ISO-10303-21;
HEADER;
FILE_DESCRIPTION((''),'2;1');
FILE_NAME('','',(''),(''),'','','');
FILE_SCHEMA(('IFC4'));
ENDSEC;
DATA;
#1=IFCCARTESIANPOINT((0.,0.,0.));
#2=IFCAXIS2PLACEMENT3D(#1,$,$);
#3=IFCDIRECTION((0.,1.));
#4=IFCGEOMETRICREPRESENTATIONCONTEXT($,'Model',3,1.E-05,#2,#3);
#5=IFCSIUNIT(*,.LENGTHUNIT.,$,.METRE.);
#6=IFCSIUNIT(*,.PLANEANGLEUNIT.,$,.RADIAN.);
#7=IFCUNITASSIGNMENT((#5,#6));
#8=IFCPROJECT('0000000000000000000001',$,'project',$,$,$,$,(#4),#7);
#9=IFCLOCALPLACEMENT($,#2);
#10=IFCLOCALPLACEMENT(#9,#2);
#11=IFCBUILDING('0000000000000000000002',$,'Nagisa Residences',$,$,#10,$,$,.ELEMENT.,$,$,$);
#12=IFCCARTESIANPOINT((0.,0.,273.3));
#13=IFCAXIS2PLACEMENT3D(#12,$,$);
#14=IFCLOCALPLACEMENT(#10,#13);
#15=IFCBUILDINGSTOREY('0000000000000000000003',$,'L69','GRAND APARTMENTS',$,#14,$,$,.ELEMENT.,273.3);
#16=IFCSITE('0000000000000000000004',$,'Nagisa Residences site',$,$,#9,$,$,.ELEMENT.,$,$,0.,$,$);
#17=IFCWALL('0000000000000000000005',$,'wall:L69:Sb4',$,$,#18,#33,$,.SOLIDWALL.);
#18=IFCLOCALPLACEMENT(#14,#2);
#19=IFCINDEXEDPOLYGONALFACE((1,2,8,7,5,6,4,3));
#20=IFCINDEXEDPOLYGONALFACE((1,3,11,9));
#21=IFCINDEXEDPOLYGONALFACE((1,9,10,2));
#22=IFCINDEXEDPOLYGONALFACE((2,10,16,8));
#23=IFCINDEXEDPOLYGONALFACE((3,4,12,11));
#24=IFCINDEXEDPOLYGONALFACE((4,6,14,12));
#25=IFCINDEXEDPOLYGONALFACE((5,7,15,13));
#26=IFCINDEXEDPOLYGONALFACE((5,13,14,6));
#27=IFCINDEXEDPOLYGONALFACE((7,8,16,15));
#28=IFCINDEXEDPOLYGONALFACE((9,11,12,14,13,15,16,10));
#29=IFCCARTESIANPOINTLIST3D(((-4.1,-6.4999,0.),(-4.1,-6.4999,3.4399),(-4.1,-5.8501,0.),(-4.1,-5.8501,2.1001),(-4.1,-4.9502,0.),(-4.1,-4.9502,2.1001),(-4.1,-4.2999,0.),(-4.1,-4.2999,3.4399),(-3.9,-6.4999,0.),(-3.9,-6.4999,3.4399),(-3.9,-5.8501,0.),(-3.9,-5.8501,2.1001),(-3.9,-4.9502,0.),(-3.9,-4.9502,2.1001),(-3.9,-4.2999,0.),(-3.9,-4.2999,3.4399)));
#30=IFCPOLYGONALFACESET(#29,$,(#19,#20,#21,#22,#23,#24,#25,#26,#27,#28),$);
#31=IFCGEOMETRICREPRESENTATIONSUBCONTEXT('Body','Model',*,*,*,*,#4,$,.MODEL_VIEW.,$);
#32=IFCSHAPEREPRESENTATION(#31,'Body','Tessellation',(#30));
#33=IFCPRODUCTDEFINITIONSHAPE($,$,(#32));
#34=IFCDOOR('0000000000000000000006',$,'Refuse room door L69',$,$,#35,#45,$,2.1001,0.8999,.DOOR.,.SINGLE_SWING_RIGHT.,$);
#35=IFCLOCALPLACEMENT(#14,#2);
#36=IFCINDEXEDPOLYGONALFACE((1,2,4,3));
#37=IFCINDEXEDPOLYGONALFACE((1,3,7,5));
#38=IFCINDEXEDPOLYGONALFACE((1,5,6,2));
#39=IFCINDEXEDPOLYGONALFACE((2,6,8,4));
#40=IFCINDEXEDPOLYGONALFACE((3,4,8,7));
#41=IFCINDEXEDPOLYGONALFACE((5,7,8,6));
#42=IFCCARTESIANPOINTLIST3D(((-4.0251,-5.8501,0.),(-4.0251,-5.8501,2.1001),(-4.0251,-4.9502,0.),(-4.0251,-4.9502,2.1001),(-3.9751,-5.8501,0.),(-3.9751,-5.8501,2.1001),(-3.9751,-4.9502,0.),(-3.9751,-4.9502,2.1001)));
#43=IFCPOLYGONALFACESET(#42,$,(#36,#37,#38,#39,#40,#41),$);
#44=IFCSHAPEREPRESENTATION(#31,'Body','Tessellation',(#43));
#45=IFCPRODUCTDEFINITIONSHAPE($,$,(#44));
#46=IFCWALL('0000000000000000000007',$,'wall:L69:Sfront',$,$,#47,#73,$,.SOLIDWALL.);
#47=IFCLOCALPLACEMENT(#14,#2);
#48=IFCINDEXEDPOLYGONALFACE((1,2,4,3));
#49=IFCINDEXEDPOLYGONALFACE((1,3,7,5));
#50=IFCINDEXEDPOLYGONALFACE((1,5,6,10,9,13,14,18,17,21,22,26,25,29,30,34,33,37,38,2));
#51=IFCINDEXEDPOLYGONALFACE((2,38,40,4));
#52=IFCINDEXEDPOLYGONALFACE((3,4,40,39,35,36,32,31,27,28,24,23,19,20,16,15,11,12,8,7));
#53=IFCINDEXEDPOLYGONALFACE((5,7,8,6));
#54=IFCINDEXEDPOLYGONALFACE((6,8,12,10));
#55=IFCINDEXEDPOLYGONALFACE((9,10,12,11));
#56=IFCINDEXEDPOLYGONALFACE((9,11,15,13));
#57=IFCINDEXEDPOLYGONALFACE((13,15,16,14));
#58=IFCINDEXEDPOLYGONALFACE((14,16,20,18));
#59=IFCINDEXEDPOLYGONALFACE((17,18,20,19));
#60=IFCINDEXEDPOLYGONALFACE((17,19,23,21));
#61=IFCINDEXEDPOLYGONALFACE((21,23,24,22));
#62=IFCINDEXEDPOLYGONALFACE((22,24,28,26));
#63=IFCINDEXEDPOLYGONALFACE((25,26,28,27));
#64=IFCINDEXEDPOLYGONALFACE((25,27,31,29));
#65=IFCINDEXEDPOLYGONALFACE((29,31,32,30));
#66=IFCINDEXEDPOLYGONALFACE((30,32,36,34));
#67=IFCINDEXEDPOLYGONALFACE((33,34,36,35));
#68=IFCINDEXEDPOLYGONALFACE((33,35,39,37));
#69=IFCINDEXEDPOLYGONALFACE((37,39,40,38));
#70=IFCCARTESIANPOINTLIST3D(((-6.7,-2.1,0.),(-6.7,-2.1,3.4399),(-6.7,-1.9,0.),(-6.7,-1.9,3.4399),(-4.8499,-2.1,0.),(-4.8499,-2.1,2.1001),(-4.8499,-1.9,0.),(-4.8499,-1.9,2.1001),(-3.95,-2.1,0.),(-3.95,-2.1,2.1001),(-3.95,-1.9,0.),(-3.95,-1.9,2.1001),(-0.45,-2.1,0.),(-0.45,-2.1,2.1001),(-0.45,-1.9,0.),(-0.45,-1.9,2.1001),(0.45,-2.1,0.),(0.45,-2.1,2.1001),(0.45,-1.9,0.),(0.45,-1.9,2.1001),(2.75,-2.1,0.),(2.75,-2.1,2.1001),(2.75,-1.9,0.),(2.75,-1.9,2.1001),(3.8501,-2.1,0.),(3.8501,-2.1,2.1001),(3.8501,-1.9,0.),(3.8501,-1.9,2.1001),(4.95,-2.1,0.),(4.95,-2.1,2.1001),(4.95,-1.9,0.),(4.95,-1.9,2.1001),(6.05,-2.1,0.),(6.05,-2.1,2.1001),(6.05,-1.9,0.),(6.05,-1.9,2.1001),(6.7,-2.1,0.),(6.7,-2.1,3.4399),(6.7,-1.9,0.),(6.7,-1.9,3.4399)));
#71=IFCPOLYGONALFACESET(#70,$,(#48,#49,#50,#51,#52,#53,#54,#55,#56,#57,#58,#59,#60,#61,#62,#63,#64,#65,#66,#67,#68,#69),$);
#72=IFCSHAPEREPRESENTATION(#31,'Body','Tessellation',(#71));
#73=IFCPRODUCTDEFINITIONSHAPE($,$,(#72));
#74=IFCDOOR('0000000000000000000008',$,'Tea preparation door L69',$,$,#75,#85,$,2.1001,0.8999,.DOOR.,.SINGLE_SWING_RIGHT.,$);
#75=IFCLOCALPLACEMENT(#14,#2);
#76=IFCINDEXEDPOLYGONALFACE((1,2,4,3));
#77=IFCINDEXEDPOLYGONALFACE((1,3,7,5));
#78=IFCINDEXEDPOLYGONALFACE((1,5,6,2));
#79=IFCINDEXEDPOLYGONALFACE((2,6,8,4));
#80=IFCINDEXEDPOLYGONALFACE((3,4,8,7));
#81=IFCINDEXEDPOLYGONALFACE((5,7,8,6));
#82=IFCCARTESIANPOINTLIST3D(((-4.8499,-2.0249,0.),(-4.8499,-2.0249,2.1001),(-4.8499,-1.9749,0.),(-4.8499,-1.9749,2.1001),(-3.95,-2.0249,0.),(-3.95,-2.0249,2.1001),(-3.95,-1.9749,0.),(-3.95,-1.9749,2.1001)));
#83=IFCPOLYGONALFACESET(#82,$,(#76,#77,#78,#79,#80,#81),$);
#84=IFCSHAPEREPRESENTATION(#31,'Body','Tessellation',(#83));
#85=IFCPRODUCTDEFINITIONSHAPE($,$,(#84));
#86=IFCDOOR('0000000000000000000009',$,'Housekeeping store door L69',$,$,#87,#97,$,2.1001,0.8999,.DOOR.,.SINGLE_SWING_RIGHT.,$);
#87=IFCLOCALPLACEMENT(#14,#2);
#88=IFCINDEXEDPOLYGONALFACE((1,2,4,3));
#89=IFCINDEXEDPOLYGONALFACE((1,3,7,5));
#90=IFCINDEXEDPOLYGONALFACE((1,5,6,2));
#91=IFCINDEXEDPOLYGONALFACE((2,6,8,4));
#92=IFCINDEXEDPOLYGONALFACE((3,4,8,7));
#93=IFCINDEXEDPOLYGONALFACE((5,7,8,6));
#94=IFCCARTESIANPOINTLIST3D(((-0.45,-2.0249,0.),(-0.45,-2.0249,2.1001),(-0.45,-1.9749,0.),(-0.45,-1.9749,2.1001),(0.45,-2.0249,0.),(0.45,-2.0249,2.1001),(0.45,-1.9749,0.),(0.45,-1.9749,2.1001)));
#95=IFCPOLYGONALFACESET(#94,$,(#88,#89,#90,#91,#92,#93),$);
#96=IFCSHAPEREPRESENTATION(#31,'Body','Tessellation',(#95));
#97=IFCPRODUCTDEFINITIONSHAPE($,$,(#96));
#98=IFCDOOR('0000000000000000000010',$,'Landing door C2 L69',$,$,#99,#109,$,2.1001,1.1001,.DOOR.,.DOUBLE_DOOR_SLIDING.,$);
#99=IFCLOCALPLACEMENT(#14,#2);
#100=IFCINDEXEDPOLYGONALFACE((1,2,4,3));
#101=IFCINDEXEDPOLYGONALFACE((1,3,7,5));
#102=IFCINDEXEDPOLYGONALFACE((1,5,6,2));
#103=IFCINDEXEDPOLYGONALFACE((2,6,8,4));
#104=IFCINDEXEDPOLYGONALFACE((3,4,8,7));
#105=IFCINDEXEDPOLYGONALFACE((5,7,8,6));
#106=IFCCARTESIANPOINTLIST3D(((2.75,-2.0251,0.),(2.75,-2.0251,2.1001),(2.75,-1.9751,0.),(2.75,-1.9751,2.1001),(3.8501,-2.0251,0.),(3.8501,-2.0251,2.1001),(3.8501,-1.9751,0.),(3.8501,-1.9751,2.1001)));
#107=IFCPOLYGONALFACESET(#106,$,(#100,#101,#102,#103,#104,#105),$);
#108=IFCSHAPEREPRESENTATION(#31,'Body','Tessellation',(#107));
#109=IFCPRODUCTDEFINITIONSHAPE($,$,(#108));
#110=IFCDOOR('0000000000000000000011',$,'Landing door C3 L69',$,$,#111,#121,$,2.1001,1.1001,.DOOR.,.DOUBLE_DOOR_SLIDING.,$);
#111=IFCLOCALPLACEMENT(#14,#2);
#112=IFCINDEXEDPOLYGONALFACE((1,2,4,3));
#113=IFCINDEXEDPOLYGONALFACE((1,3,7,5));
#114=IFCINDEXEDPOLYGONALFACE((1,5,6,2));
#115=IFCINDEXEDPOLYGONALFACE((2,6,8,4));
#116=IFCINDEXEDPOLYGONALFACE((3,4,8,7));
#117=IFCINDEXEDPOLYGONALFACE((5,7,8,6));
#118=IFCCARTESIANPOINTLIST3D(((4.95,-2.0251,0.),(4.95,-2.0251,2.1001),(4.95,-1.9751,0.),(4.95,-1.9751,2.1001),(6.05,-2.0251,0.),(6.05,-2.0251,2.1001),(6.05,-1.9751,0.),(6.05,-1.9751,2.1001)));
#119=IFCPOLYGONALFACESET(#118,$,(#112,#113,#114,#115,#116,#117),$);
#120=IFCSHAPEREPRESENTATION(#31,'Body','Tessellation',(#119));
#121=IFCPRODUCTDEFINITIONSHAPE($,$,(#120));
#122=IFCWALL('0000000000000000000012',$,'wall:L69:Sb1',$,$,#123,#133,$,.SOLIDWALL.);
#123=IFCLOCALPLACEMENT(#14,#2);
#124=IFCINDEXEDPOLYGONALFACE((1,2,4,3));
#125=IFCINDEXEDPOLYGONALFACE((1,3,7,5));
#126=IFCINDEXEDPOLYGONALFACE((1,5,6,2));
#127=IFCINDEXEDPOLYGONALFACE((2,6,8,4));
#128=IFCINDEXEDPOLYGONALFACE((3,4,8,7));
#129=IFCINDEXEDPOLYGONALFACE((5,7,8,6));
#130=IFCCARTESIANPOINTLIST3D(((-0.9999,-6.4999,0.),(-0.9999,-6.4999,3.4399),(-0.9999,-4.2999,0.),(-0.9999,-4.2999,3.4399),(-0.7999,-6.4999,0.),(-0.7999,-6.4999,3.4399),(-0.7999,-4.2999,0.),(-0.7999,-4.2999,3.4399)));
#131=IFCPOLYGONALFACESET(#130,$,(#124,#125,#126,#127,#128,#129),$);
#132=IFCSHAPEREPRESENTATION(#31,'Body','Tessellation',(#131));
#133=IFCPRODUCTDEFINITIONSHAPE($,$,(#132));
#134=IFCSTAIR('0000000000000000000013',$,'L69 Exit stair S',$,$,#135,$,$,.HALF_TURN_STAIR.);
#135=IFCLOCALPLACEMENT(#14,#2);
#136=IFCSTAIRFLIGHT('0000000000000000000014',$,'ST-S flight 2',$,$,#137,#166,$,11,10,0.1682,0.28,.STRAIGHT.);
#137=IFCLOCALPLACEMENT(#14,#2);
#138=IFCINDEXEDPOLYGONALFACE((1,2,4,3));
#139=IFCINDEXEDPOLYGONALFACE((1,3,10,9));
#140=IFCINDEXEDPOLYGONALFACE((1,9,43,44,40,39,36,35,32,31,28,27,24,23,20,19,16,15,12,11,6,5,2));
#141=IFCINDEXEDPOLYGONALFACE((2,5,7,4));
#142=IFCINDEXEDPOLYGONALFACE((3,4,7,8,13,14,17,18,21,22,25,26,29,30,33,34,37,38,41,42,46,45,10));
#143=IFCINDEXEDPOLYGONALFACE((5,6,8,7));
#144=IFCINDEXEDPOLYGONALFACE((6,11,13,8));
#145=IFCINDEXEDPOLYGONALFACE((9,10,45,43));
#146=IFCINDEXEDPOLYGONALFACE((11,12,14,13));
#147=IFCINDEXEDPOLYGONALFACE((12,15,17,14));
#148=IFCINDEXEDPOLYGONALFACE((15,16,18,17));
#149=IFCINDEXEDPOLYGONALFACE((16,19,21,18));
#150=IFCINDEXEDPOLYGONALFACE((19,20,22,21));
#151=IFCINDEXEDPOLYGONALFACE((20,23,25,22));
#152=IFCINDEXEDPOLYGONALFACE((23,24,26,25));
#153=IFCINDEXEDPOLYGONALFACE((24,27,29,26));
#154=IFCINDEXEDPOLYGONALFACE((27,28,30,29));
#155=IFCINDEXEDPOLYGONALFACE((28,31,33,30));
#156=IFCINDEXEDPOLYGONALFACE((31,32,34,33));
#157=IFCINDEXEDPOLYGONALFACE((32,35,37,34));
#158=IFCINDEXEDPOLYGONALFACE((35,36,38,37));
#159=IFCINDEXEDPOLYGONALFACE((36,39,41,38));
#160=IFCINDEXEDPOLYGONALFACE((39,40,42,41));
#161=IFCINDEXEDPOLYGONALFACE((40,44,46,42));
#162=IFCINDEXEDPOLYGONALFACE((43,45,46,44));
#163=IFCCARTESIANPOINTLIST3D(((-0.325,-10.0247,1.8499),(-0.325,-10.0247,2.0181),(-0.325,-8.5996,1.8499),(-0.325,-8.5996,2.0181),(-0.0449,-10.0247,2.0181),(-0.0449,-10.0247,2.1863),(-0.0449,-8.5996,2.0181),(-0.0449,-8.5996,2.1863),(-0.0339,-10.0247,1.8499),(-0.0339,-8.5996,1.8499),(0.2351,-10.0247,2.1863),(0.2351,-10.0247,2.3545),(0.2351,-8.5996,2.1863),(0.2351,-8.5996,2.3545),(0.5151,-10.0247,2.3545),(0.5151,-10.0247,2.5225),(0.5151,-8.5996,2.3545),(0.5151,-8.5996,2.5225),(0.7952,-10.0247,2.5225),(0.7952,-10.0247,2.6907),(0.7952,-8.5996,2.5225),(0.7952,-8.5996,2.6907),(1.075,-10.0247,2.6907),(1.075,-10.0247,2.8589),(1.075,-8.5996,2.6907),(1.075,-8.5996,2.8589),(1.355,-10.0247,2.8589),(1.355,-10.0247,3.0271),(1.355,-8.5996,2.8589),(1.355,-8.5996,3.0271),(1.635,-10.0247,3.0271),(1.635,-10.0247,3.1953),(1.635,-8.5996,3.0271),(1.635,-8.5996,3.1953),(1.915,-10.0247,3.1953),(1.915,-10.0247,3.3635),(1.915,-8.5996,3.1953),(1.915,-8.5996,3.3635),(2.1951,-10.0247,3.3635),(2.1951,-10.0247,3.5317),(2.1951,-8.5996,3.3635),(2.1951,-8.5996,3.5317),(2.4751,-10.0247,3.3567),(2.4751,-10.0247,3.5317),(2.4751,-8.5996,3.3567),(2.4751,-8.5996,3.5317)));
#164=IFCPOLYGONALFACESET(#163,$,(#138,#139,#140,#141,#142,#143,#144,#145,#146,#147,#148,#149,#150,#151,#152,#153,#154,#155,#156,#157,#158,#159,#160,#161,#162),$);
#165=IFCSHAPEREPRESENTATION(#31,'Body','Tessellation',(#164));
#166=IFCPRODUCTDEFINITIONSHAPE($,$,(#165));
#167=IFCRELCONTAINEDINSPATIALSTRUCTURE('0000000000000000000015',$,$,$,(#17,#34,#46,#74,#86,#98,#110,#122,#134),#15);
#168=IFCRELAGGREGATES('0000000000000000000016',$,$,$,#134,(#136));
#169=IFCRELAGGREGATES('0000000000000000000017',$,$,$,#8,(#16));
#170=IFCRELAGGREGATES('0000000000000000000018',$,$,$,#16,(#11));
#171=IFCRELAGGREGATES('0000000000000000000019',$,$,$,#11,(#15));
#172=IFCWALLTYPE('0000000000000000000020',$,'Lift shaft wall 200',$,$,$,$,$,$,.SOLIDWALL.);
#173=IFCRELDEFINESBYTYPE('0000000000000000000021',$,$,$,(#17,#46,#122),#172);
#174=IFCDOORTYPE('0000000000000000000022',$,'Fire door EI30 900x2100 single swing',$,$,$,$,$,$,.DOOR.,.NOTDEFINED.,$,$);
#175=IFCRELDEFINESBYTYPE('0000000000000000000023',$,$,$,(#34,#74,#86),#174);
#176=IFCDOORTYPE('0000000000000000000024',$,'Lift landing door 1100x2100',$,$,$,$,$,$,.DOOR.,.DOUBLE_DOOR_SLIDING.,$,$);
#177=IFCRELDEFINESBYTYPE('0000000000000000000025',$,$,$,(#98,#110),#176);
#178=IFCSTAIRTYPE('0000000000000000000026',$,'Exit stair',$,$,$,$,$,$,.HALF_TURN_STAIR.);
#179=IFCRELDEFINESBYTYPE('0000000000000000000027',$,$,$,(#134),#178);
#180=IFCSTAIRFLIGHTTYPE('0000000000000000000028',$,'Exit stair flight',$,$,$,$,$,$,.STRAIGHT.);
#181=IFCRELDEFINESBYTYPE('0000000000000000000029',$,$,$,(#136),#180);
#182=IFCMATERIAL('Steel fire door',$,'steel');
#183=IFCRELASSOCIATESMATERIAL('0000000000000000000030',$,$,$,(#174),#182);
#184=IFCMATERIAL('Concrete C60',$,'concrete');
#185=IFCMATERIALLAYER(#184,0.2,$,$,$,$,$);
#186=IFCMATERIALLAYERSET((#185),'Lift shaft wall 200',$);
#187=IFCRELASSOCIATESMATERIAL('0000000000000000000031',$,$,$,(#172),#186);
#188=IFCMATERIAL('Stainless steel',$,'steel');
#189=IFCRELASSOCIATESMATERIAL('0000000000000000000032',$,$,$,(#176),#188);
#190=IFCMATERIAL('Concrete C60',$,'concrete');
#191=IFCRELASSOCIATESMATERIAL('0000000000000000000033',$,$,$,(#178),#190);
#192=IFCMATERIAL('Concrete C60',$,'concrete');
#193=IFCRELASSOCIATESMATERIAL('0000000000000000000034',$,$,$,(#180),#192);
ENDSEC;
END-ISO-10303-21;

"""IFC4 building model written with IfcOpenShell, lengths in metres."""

from ifc_helpers import new_model, si_unit, direction, frame, frame_2d, origin, place, context, subcontext, project, spatial, polyline, rectangle, outline, extrude, material, layer, layer_set, type_object, element, fill, aggregate, save


model = new_model("IFC4")

# Units and contexts
model_context = context("Model", 3, precision=1e-05, world=origin(), true_north=direction((0.0, 1.0)))
body_context = subcontext(model_context, "Body", "Model", "MODEL_VIEW")
ifc_project = project(units=[si_unit("LENGTHUNIT", "METRE"), si_unit("PLANEANGLEUNIT", "RADIAN")], contexts=[model_context])

# Site, building, storey
site_placement = place(None, origin())
site = spatial("IfcSite", under=ifc_project, at=site_placement, Name="Nagisa Residences site", CompositionType="ELEMENT", RefElevation=0.0)
building_placement = place(site_placement, origin())
building = spatial("IfcBuilding", under=site, at=building_placement, Name="Nagisa Residences", CompositionType="ELEMENT")
storey_placement = place(building_placement, frame((0.0, 0.0, 273.3)))
storey = spatial("IfcBuildingStorey", under=building, at=storey_placement, Name="L69", Description="GRAND APARTMENTS", CompositionType="ELEMENT", Elevation=273.3)

# Shared definitions
ifc_material_1 = material(Name="Steel fire door", Category="steel")
door_type_1 = type_object("IfcDoorType", Name="Fire door EI30 900x2100 single swing", OperationType="NOTDEFINED", PredefinedType="DOOR", material=ifc_material_1)

# Wall, opening, door
ifc_material_2 = material(Name="Concrete C60", Category="concrete")
ifc_layer_1 = layer(ifc_material_2, 0.2)
ifc_layer_set_1 = layer_set([ifc_layer_1], Name="Lift shaft wall 200")
wall_type_1 = type_object("IfcWallType", Name="Lift shaft wall 200", PredefinedType="SOLIDWALL", material=ifc_layer_set_1)
wall_1_placement = place(storey_placement, frame((-4.0, -6.5, 0.0), z_axis=(0.0, 0.0, 1.0), x_axis=(0.0, 1.0, 0.0)))
wall_1 = element("IfcWall", 1, at=wall_1_placement, inside=storey, type_object=wall_type_1, Name="wall:L69:Sb4", PredefinedType="SOLIDWALL", context=body_context, shape_type="SweptSolid", body=[
    extrude(rectangle(XDim=2.2, YDim=0.2, at=frame_2d((1.1001, 0.0))), origin(), (0.0, 0.0, 1.0), 3.4399),
])
opening_1_placement = place(wall_1_placement, frame((0.6499, 0.0, 0.0)))
opening_1 = element("IfcOpeningElement", 2, at=opening_1_placement, cuts=wall_1, PredefinedType="OPENING", context=body_context, shape_type="SweptSolid", body=[
    extrude(rectangle(XDim=0.8999, YDim=2.1001, at=frame_2d((0.45, 1.05))), frame((0.0, 0.1099, 0.0), z_axis=(0.0, -1.0, 0.0), x_axis=(1.0, 0.0, 0.0)), (0.0, 0.0, 1.0), 0.22),
])
door_1_placement = place(opening_1_placement, frame((0.8999, 0.0, 0.0), x_axis=(-1.0, 0.0, 0.0)))
door_1 = element("IfcDoor", 3, at=door_1_placement, inside=storey, type_object=door_type_1, Name="Refuse room door L69", OperationType="SINGLE_SWING_RIGHT", OverallHeight=2.1001, OverallWidth=0.8999, PredefinedType="DOOR", context=body_context, shape_type="SweptSolid", body=[
    extrude(rectangle(XDim=0.8999, YDim=2.1001, at=frame_2d((0.45, 1.05))), frame((0.0, 0.0249, 0.0), z_axis=(0.0, -1.0, 0.0), x_axis=(1.0, 0.0, 0.0)), (0.0, 0.0, 1.0), 0.05),
])
fill(opening_1, door_1)

# Wall, openings, doors
wall_2_placement = place(storey_placement, frame((-6.7, -2.0, 0.0), z_axis=(0.0, 0.0, 1.0), x_axis=(1.0, 0.0, 0.0)))
wall_2 = element("IfcWall", 4, at=wall_2_placement, inside=storey, type_object=wall_type_1, Name="wall:L69:Sfront", PredefinedType="SOLIDWALL", context=body_context, shape_type="SweptSolid", body=[
    extrude(rectangle(XDim=13.3999, YDim=0.2, at=frame_2d((6.7, 0.0))), origin(), (0.0, 0.0, 1.0), 3.4399),
])
opening_2_placement = place(wall_2_placement, frame((9.45, 0.0, 0.0)))
opening_2 = element("IfcOpeningElement", 5, at=opening_2_placement, cuts=wall_2, PredefinedType="OPENING", context=body_context, shape_type="SweptSolid", body=[
    extrude(rectangle(XDim=1.1001, YDim=2.1001, at=frame_2d((0.55, 1.05))), frame((0.0, 0.1099, 0.0), z_axis=(0.0, -1.0, 0.0), x_axis=(1.0, 0.0, 0.0)), (0.0, 0.0, 1.0), 0.22),
])
opening_3_placement = place(wall_2_placement, frame((11.6499, 0.0, 0.0)))
opening_3 = element("IfcOpeningElement", 6, at=opening_3_placement, cuts=wall_2, PredefinedType="OPENING", context=body_context, shape_type="SweptSolid", body=[
    extrude(rectangle(XDim=1.1001, YDim=2.1001, at=frame_2d((0.55, 1.05))), frame((0.0, 0.1099, 0.0), z_axis=(0.0, -1.0, 0.0), x_axis=(1.0, 0.0, 0.0)), (0.0, 0.0, 1.0), 0.22),
])
opening_4_placement = place(wall_2_placement, frame((1.8501, 0.0, 0.0)))
opening_4 = element("IfcOpeningElement", 7, at=opening_4_placement, cuts=wall_2, PredefinedType="OPENING", context=body_context, shape_type="SweptSolid", body=[
    extrude(rectangle(XDim=0.8999, YDim=2.1001, at=frame_2d((0.45, 1.05))), frame((0.0, 0.1099, 0.0), z_axis=(0.0, -1.0, 0.0), x_axis=(1.0, 0.0, 0.0)), (0.0, 0.0, 1.0), 0.22),
])
opening_5_placement = place(wall_2_placement, frame((6.25, 0.0, 0.0)))
opening_5 = element("IfcOpeningElement", 8, at=opening_5_placement, cuts=wall_2, PredefinedType="OPENING", context=body_context, shape_type="SweptSolid", body=[
    extrude(rectangle(XDim=0.8999, YDim=2.1001, at=frame_2d((0.45, 1.05))), frame((0.0, 0.1099, 0.0), z_axis=(0.0, -1.0, 0.0), x_axis=(1.0, 0.0, 0.0)), (0.0, 0.0, 1.0), 0.22),
])
door_2_placement = place(opening_4_placement, frame((0.8999, 0.0, 0.0), x_axis=(-1.0, 0.0, 0.0)))
door_2 = element("IfcDoor", 9, at=door_2_placement, inside=storey, type_object=door_type_1, Name="Tea preparation door L69", OperationType="SINGLE_SWING_RIGHT", OverallHeight=2.1001, OverallWidth=0.8999, PredefinedType="DOOR", context=body_context, shape_type="SweptSolid", body=[
    extrude(rectangle(XDim=0.8999, YDim=2.1001, at=frame_2d((0.45, 1.05))), frame((0.0, 0.0249, 0.0), z_axis=(0.0, -1.0, 0.0), x_axis=(1.0, 0.0, 0.0)), (0.0, 0.0, 1.0), 0.05),
])
fill(opening_4, door_2)
door_3_placement = place(opening_5_placement, frame((0.8999, 0.0, 0.0), x_axis=(-1.0, 0.0, 0.0)))
door_3 = element("IfcDoor", 10, at=door_3_placement, inside=storey, type_object=door_type_1, Name="Housekeeping store door L69", OperationType="SINGLE_SWING_RIGHT", OverallHeight=2.1001, OverallWidth=0.8999, PredefinedType="DOOR", context=body_context, shape_type="SweptSolid", body=[
    extrude(rectangle(XDim=0.8999, YDim=2.1001, at=frame_2d((0.45, 1.05))), frame((0.0, 0.0249, 0.0), z_axis=(0.0, -1.0, 0.0), x_axis=(1.0, 0.0, 0.0)), (0.0, 0.0, 1.0), 0.05),
])
fill(opening_5, door_3)
ifc_material_3 = material(Name="Stainless steel", Category="steel")
door_type_2 = type_object("IfcDoorType", Name="Lift landing door 1100x2100", OperationType="DOUBLE_DOOR_SLIDING", PredefinedType="DOOR", material=ifc_material_3)
door_4_placement = place(opening_2_placement, origin())
door_4 = element("IfcDoor", 11, at=door_4_placement, inside=storey, type_object=door_type_2, Name="Landing door C2 L69", OperationType="DOUBLE_DOOR_SLIDING", OverallHeight=2.1001, OverallWidth=1.1001, PredefinedType="DOOR", context=body_context, shape_type="SweptSolid", body=[
    extrude(rectangle(XDim=1.1001, YDim=2.1001, at=frame_2d((0.55, 1.05))), frame((0.0, 0.0249, 0.0), z_axis=(0.0, -1.0, 0.0), x_axis=(1.0, 0.0, 0.0)), (0.0, 0.0, 1.0), 0.05),
])
fill(opening_2, door_4)
door_5_placement = place(opening_3_placement, origin())
door_5 = element("IfcDoor", 12, at=door_5_placement, inside=storey, type_object=door_type_2, Name="Landing door C3 L69", OperationType="DOUBLE_DOOR_SLIDING", OverallHeight=2.1001, OverallWidth=1.1001, PredefinedType="DOOR", context=body_context, shape_type="SweptSolid", body=[
    extrude(rectangle(XDim=1.1001, YDim=2.1001, at=frame_2d((0.55, 1.05))), frame((0.0, 0.0249, 0.0), z_axis=(0.0, -1.0, 0.0), x_axis=(1.0, 0.0, 0.0)), (0.0, 0.0, 1.0), 0.05),
])
fill(opening_3, door_5)

# Wall
wall_3_placement = place(storey_placement, frame((-0.8999, -6.5, 0.0), z_axis=(0.0, 0.0, 1.0), x_axis=(0.0, 1.0, 0.0)))
element("IfcWall", 13, at=wall_3_placement, inside=storey, type_object=wall_type_1, Name="wall:L69:Sb1", PredefinedType="SOLIDWALL", context=body_context, shape_type="SweptSolid", body=[
    extrude(rectangle(XDim=2.2, YDim=0.2, at=frame_2d((1.1001, 0.0))), origin(), (0.0, 0.0, 1.0), 3.4399),
])

# Stair, stair flight
ifc_material_4 = material(Name="Concrete C60", Category="concrete")
stair_type = type_object("IfcStairType", Name="Exit stair", PredefinedType="HALF_TURN_STAIR", material=ifc_material_4)
stair_placement = place(storey_placement, origin())
stair = element("IfcStair", 14, at=stair_placement, inside=storey, type_object=stair_type, Name="L69 Exit stair S", PredefinedType="HALF_TURN_STAIR")
ifc_material_5 = material(Name="Concrete C60", Category="concrete")
stair_flight_type = type_object("IfcStairFlightType", Name="Exit stair flight", PredefinedType="STRAIGHT", material=ifc_material_5)
stair_flight_placement = place(storey_placement, frame((-0.325, -9.312, 1.8499), z_axis=(0.0, 0.0, 1.0), x_axis=(1.0, 0.0, 0.0)))
stair_flight = element("IfcStairFlight", 15, at=stair_flight_placement, type_object=stair_flight_type, Name="ST-S flight 2", NumberOfRisers=11, NumberOfTreads=10, PredefinedType="STRAIGHT", RiserHeight=0.1682, TreadLength=0.28, context=body_context, shape_type="SweptSolid", body=[
    extrude(outline(polyline([(0.0, 0.0), (0.0, 0.1682), (0.28, 0.1682), (0.28, 0.3364), (0.5601, 0.3364), (0.5601, 0.5046), (0.8401, 0.5046), (0.8401, 0.6726), (1.1201, 0.6726), (1.1201, 0.8408), (1.3999, 0.8408), (1.3999, 1.009), (1.6799, 1.009), (1.6799, 1.1772), (1.96, 1.1772), (1.96, 1.3455), (2.24, 1.3455), (2.24, 1.5137), (2.52, 1.5137), (2.52, 1.6819), (2.8, 1.6819), (2.8, 1.8501), (2.8, 1.5068), (0.291, 0.0), (0.0, 0.0)])), frame((0.0, 0.7124, 0.0), z_axis=(0.0, -1.0, 0.0), x_axis=(1.0, 0.0, 0.0)), (0.0, 0.0, 1.0), 1.425),
])
aggregate(stair, [stair_flight])

save(model, "model.ifc")
